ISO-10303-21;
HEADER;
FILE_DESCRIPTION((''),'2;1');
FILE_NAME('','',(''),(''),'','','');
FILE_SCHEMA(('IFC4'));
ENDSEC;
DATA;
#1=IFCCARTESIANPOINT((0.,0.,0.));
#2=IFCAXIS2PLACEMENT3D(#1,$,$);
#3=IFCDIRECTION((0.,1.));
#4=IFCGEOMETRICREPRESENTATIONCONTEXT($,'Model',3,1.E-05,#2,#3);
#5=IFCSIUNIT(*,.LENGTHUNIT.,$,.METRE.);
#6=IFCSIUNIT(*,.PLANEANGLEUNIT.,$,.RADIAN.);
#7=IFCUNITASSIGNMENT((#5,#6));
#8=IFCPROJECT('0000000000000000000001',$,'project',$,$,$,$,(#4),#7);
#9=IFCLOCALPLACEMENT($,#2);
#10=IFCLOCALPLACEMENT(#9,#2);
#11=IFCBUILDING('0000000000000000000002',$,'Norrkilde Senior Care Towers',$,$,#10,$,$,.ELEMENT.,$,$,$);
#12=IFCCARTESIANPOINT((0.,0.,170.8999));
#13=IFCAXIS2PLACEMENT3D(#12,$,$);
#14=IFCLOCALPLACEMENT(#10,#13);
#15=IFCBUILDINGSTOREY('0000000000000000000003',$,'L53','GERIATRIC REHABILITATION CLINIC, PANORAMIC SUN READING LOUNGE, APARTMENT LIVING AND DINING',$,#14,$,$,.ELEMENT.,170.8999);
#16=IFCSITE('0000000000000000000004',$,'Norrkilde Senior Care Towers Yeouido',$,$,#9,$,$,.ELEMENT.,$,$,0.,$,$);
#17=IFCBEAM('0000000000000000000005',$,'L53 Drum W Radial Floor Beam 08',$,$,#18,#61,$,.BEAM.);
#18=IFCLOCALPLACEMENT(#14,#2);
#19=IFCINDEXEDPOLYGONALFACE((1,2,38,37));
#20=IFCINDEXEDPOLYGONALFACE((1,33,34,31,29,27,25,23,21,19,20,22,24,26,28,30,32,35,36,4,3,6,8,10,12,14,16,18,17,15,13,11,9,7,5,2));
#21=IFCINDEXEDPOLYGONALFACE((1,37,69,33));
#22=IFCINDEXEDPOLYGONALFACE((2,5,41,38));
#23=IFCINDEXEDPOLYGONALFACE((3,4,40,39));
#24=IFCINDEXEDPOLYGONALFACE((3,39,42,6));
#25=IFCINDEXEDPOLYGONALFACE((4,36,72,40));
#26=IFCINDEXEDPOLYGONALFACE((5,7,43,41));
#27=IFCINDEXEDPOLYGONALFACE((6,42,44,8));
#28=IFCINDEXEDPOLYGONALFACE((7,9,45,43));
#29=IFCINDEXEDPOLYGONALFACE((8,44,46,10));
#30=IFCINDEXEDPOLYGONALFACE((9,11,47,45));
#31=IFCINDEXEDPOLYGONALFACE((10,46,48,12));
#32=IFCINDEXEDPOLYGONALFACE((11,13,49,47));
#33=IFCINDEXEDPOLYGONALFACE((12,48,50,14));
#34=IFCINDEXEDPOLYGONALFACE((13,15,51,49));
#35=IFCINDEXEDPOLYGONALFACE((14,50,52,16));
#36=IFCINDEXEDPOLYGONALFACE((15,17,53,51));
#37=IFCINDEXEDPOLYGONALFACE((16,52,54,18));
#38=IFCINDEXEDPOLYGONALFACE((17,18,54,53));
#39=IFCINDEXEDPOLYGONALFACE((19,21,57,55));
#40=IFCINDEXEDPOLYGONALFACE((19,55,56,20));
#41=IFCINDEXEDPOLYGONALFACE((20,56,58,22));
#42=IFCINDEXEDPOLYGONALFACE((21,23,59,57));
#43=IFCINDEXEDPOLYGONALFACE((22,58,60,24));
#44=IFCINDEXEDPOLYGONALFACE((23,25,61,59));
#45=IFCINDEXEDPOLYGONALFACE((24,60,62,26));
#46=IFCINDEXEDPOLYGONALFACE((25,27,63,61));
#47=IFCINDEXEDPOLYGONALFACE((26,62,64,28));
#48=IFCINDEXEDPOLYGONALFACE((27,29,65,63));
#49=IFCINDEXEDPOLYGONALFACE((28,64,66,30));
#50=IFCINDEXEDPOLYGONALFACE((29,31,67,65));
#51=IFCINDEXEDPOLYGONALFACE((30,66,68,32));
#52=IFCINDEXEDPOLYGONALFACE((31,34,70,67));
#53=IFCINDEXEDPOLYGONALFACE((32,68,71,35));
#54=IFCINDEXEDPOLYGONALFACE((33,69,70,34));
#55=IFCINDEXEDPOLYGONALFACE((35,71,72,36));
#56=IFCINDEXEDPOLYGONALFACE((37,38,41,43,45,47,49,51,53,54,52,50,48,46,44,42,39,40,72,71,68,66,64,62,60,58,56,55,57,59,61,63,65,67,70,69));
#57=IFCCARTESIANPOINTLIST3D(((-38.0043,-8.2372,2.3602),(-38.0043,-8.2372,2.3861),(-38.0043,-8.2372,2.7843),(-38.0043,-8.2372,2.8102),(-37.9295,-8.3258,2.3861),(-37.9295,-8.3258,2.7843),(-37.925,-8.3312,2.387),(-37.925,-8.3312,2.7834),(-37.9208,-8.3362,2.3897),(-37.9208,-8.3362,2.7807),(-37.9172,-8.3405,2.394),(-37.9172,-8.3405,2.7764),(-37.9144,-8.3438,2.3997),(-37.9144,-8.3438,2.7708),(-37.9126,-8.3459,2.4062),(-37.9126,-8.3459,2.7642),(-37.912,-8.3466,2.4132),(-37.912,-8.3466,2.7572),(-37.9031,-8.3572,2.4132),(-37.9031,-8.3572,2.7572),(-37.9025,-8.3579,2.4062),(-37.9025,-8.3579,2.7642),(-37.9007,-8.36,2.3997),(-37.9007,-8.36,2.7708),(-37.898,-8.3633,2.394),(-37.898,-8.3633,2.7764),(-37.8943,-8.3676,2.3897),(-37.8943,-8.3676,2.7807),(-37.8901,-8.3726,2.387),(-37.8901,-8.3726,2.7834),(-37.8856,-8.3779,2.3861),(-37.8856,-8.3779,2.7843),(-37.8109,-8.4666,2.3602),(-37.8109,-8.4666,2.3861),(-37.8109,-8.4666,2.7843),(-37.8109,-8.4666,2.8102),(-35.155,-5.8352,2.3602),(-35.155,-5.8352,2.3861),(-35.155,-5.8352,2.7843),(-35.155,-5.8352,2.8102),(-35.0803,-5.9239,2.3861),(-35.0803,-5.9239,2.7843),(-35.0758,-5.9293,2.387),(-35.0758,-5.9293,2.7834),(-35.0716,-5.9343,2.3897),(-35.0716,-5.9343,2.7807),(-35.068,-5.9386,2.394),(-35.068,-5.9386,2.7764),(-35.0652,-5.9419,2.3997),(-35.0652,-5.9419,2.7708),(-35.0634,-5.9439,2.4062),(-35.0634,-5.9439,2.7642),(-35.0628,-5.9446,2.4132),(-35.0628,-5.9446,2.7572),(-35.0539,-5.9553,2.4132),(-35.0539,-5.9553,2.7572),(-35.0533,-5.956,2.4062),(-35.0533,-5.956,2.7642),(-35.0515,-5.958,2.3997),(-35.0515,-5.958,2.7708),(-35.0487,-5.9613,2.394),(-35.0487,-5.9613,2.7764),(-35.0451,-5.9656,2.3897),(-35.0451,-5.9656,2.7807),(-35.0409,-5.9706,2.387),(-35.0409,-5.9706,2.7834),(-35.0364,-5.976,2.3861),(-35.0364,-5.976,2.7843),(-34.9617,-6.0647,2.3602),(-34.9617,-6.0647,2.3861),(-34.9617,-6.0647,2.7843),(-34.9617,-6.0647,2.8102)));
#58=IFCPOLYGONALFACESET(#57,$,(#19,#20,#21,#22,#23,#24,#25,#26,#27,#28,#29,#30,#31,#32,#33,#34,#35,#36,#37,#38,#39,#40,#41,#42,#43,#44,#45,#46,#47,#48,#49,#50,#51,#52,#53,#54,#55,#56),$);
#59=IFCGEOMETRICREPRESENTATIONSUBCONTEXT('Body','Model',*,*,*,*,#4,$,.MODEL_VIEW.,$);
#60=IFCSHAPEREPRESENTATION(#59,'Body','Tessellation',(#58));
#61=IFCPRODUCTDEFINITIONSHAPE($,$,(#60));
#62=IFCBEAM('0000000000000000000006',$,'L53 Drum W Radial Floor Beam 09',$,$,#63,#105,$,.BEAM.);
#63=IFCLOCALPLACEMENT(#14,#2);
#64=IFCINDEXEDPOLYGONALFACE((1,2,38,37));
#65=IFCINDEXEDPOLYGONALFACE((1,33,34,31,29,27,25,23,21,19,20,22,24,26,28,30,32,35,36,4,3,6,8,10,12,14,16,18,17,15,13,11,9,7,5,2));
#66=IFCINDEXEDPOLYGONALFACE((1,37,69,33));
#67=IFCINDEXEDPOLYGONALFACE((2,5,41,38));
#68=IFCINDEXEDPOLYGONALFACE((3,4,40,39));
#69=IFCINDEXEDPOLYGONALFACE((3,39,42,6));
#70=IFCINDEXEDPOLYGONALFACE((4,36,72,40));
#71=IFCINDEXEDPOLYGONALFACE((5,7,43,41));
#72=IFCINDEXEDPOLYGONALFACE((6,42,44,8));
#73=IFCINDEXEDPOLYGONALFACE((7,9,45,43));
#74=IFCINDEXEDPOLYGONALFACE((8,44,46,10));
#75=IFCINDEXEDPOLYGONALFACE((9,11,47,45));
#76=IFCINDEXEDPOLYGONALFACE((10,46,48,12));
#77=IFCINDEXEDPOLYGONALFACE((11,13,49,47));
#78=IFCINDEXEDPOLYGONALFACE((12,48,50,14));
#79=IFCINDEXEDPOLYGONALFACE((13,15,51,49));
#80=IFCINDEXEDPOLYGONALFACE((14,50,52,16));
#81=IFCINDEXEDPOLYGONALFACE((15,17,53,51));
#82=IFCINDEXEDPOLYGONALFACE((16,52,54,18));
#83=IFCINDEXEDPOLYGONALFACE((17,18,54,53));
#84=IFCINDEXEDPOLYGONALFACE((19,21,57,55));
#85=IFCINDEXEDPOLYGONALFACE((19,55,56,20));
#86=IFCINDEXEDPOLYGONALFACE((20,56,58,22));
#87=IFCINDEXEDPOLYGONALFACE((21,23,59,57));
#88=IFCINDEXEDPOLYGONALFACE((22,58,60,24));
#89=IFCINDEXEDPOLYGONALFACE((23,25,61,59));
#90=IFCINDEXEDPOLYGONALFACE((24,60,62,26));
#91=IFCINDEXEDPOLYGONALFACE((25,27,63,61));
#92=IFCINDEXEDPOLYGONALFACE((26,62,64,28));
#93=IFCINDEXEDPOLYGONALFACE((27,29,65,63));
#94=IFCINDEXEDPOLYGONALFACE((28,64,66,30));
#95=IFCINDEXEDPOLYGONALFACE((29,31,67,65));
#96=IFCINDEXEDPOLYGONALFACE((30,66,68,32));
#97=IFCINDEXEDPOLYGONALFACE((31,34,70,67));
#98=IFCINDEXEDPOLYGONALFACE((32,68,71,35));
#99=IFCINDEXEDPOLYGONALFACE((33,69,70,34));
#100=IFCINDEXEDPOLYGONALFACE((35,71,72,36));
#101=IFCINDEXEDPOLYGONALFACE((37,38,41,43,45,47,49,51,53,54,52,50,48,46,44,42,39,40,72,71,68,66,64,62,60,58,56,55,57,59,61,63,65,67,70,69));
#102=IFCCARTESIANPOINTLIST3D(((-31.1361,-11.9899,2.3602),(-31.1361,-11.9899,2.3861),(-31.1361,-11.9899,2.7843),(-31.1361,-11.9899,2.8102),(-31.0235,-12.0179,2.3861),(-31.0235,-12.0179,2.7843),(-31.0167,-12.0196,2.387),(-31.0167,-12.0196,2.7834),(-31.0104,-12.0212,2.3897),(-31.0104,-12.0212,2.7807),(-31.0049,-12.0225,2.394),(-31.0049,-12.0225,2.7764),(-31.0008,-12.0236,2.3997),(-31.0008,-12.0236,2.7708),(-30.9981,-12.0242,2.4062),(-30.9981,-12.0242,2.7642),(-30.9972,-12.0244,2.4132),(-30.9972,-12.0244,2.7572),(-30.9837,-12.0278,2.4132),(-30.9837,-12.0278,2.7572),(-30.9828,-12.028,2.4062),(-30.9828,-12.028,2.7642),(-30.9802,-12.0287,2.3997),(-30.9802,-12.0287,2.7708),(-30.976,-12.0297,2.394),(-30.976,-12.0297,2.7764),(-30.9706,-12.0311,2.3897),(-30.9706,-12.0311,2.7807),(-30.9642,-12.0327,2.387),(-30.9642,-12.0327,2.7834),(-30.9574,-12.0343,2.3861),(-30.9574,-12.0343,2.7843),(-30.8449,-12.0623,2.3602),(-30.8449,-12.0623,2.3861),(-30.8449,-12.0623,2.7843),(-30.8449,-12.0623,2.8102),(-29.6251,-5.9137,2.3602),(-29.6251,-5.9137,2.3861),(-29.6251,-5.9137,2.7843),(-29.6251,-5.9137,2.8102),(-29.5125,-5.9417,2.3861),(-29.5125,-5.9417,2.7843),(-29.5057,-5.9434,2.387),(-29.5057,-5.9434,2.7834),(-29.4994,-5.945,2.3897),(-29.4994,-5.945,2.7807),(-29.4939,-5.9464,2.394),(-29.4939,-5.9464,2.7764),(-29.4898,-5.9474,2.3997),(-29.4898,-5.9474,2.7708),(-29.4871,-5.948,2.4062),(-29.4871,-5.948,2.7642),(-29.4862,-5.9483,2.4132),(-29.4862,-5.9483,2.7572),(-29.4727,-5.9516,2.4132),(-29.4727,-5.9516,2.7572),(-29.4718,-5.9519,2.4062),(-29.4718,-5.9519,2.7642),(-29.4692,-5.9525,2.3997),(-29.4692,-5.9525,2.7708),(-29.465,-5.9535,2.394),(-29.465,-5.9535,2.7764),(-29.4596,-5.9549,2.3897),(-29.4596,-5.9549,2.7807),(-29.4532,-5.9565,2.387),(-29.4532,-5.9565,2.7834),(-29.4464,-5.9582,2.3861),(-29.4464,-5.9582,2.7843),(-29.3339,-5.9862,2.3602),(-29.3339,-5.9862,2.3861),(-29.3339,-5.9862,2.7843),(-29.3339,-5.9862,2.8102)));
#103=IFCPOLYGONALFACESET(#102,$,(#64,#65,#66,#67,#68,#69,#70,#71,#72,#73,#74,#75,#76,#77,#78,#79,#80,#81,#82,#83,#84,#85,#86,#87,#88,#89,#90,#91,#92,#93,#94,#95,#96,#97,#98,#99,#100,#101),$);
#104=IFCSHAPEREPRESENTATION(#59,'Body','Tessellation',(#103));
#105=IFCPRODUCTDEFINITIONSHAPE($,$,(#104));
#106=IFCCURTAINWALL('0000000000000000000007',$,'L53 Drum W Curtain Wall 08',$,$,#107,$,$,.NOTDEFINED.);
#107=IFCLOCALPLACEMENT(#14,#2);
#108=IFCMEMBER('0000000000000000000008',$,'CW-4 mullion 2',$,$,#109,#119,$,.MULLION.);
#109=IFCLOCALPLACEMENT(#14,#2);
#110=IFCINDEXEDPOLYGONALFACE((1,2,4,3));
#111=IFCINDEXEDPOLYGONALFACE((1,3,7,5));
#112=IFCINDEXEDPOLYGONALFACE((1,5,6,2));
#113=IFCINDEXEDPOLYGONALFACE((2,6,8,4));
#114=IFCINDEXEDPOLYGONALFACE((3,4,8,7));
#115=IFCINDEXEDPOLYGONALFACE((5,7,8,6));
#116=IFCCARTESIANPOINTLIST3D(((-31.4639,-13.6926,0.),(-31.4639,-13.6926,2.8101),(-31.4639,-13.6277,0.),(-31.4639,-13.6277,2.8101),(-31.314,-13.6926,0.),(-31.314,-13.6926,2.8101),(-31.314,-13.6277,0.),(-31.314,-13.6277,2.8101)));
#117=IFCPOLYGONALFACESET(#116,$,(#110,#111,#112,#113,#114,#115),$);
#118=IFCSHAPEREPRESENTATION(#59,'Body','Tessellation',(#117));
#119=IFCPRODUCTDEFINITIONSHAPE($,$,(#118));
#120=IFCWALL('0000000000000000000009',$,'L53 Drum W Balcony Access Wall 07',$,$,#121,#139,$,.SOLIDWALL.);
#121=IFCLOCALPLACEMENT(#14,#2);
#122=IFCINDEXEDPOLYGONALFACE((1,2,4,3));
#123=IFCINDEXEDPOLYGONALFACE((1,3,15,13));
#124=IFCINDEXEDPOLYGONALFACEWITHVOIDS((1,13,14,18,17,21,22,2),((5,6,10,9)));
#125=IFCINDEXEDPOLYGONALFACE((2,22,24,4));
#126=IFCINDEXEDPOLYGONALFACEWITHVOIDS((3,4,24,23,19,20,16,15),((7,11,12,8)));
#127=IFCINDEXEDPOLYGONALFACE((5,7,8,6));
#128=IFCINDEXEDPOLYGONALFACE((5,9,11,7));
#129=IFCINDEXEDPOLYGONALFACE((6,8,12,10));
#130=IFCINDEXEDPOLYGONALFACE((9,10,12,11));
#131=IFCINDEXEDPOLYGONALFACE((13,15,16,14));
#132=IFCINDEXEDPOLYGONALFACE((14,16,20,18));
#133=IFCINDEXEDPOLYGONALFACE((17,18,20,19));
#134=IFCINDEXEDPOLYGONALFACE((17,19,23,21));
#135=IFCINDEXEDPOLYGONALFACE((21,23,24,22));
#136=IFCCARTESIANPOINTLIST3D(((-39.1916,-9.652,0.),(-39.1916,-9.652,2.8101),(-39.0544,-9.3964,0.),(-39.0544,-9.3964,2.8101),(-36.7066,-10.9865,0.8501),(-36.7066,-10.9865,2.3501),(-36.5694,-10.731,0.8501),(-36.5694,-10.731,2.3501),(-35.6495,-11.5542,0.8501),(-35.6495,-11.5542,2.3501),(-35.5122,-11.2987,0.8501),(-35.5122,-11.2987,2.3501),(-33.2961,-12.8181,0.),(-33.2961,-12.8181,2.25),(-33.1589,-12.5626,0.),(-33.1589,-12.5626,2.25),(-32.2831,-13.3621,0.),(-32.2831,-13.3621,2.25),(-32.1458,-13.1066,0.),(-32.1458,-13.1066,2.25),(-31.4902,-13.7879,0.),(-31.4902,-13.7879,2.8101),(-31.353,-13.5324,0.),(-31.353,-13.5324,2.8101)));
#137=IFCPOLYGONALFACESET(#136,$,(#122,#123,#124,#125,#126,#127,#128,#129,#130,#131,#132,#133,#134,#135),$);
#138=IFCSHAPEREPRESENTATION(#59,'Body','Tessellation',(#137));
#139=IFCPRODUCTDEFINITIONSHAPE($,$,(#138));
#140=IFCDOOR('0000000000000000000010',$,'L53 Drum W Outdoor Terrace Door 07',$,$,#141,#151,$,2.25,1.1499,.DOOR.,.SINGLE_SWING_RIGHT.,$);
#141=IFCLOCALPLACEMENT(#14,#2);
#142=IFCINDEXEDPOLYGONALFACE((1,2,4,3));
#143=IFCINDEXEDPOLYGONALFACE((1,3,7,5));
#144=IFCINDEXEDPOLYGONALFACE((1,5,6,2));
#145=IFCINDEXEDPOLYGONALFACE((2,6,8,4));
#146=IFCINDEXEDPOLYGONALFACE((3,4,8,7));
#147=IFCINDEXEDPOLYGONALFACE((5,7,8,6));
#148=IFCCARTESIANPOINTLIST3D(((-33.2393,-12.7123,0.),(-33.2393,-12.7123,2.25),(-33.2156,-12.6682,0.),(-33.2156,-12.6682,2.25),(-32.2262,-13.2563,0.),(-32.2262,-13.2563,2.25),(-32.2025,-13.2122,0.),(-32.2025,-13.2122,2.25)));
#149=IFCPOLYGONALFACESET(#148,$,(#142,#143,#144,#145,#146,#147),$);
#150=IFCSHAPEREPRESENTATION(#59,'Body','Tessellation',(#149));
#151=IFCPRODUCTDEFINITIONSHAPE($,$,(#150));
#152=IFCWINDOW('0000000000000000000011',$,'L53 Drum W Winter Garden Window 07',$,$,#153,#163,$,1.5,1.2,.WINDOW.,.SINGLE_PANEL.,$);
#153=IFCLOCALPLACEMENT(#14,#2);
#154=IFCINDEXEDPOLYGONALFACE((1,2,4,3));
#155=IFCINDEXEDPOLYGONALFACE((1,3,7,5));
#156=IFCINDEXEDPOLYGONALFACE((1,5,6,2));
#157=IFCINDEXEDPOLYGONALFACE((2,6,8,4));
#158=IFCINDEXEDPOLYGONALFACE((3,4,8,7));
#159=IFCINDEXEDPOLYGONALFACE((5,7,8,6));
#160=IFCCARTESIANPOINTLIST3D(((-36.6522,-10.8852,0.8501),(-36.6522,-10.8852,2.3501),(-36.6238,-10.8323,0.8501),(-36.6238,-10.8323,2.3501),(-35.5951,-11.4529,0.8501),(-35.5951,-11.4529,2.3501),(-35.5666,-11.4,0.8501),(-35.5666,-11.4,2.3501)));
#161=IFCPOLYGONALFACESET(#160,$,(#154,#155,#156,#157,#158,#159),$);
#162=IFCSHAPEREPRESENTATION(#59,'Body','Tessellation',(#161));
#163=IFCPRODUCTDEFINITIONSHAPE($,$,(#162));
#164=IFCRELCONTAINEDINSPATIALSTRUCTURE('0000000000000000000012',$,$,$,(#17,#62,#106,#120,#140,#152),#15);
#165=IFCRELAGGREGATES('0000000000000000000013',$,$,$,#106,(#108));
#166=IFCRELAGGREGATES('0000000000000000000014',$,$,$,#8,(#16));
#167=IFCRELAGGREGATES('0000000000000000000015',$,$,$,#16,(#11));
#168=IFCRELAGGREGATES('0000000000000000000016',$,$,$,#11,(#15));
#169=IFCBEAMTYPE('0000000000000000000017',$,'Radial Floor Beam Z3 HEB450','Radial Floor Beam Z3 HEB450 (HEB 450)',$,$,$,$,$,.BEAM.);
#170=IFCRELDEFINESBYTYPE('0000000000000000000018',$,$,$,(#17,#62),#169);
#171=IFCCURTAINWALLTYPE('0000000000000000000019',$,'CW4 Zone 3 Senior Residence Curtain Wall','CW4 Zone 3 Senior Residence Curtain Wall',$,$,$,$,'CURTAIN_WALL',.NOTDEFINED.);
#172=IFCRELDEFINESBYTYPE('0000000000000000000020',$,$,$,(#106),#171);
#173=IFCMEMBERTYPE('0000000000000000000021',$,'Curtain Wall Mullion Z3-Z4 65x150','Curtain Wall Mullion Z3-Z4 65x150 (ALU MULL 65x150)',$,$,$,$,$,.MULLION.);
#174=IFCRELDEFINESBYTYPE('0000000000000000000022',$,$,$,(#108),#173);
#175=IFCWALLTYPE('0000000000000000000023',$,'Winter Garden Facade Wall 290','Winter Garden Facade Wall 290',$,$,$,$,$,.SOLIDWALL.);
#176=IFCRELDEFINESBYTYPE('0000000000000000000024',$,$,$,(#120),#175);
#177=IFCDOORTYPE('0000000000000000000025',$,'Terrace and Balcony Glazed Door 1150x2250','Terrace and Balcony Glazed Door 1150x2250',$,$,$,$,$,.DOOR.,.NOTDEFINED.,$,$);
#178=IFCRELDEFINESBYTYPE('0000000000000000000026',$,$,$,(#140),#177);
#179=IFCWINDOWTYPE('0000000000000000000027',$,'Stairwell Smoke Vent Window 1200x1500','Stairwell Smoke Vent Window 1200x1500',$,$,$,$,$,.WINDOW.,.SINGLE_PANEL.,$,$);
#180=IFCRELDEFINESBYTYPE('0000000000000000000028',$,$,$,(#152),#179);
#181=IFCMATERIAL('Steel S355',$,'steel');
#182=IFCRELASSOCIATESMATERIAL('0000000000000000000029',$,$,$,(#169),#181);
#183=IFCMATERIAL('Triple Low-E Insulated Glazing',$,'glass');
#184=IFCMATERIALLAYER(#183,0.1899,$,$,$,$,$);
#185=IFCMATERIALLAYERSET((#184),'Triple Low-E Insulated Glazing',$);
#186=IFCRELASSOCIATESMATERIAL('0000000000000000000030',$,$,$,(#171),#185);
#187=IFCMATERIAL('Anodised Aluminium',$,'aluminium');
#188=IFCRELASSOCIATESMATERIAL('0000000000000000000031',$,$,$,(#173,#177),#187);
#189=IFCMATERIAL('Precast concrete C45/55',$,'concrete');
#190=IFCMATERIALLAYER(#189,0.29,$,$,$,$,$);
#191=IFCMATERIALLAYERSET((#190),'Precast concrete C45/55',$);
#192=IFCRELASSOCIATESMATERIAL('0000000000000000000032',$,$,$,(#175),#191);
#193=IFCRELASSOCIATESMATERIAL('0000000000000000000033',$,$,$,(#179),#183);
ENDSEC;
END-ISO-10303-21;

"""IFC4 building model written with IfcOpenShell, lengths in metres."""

from ifc_helpers import new_model, si_unit, direction, frame, frame_2d, origin, origin_2d, place, context, subcontext, project, spatial, rectangle, i_section, extrude, source, transform, mapped, material, layer, layer_set, material_profile, profile_set, type_object, type_shapes, element, fill, aggregate, save


model = new_model("IFC4")

# Units and contexts
model_context = context("Model", 3, precision=1e-05, world=origin(), true_north=direction((0.0, 1.0)))
body_context = subcontext(model_context, "Body", "Model", "MODEL_VIEW")
ifc_project = project(units=[si_unit("LENGTHUNIT", "METRE"), si_unit("PLANEANGLEUNIT", "RADIAN")], contexts=[model_context])

# Site, building, storey
site_placement = place(None, origin())
site = spatial("IfcSite", under=ifc_project, at=site_placement, Name="Norrkilde Senior Care Towers Yeouido", CompositionType="ELEMENT", RefElevation=0.0)
building_placement = place(site_placement, origin())
building = spatial("IfcBuilding", under=site, at=building_placement, Name="Norrkilde Senior Care Towers", CompositionType="ELEMENT")
storey_placement = place(building_placement, frame((0.0, 0.0, 170.8999)))
storey = spatial("IfcBuildingStorey", under=building, at=storey_placement, Name="L53", Description="GERIATRIC REHABILITATION CLINIC, PANORAMIC SUN READING LOUNGE, APARTMENT LIVING AND DINING", CompositionType="ELEMENT", Elevation=170.8999)

# Beams
ifc_material_1 = material(Name="Steel S355", Category="steel")
ifc_material_profile_1 = material_profile(ifc_material_1, i_section(OverallWidth=0.3, OverallDepth=0.45, WebThickness=0.0139, FlangeThickness=0.0259, FilletRadius=0.0271, at=origin_2d()), Name="HEB 450")
ifc_profile_set_1 = profile_set([ifc_material_profile_1], Name="Steel S355")
beam_type_1 = type_object("IfcBeamType", Name="Radial Floor Beam Z3 HEB450", Description="Radial Floor Beam Z3 HEB450 (HEB 450)", PredefinedType="BEAM", material=ifc_profile_set_1)
shared_shape_1 = source(origin(), body_context, "Body", "SweptSolid", [
    extrude(i_section(OverallWidth=0.3, OverallDepth=0.45, WebThickness=0.0139, FlangeThickness=0.0259, FilletRadius=0.0271, at=origin_2d()), origin(), (0.0, 0.0, 1.0), 3.7266),
])
beam_1_placement = place(storey_placement, frame((-35.0583, -5.95, 2.5852), z_axis=(-0.764568, -0.644543, 0.0), x_axis=(0.644543, -0.764568, 0.0)))
element("IfcBeam", 1, at=beam_1_placement, inside=storey, type_object=beam_type_1, Name="L53 Drum W Radial Floor Beam 08", PredefinedType="BEAM", context=body_context, shape_type="MappedRepresentation", body=[
    mapped(shared_shape_1, transform((0.0, 0.0, 0.0), x_axis=(1.0, 0.0, 0.0), y_axis=(0.0, 1.0, 0.0), z_axis=(0.0, 0.0, 1.0), scale=1.0)),
])
shared_shape_2 = source(origin(), body_context, "Body", "SweptSolid", [
    extrude(i_section(OverallWidth=0.3, OverallDepth=0.45, WebThickness=0.0139, FlangeThickness=0.0259, FilletRadius=0.0271, at=origin_2d()), origin(), (0.0, 0.0, 1.0), 6.2612),
])
beam_2_placement = place(storey_placement, frame((-29.4795, -5.95, 2.5852), z_axis=(-0.241324, -0.970445, 0.0), x_axis=(0.970445, -0.241324, 0.0)))
element("IfcBeam", 2, at=beam_2_placement, inside=storey, type_object=beam_type_1, Name="L53 Drum W Radial Floor Beam 09", PredefinedType="BEAM", context=body_context, shape_type="MappedRepresentation", body=[
    mapped(shared_shape_2, transform((0.0, 0.0, 0.0), x_axis=(1.0, 0.0, 0.0), y_axis=(0.0, 1.0, 0.0), z_axis=(0.0, 0.0, 1.0), scale=1.0)),
])

# Curtain wall, member
ifc_material_2 = material(Name="Triple Low-E Insulated Glazing", Category="glass")
ifc_layer_1 = layer(ifc_material_2, 0.1899)
ifc_layer_set_1 = layer_set([ifc_layer_1], Name="Triple Low-E Insulated Glazing")
curtain_wall_type = type_object("IfcCurtainWallType", Name="CW4 Zone 3 Senior Residence Curtain Wall", Description="CW4 Zone 3 Senior Residence Curtain Wall", ElementType="CURTAIN_WALL", PredefinedType="NOTDEFINED", material=ifc_layer_set_1)
curtain_wall_placement = place(storey_placement, origin())
curtain_wall = element("IfcCurtainWall", 3, at=curtain_wall_placement, inside=storey, type_object=curtain_wall_type, Name="L53 Drum W Curtain Wall 08", PredefinedType="NOTDEFINED")
ifc_material_3 = material(Name="Anodised Aluminium", Category="aluminium")
ifc_material_profile_2 = material_profile(ifc_material_3, rectangle(XDim=0.0649, YDim=0.1499, at=origin_2d()), Name="ALU MULL 65x150")
ifc_profile_set_2 = profile_set([ifc_material_profile_2], Name="Anodised Aluminium")
member_type = type_object("IfcMemberType", Name="Curtain Wall Mullion Z3-Z4 65x150", Description="Curtain Wall Mullion Z3-Z4 65x150 (ALU MULL 65x150)", PredefinedType="MULLION", material=ifc_profile_set_2)
shared_shape_3 = source(origin(), body_context, "Body", "SweptSolid", [
    extrude(rectangle(XDim=0.0649, YDim=0.1499, at=origin_2d()), origin(), (0.0, 0.0, 1.0), 2.8101),
])
type_shapes(member_type, [shared_shape_3])
member_placement = place(storey_placement, frame((-31.3889, -13.6602, 0.0), z_axis=(0.0, 0.0, 1.0), x_axis=(0.0, -1.0, 0.0)))
member = element("IfcMember", 4, at=member_placement, type_object=member_type, Name="CW-4 mullion 2", PredefinedType="MULLION", context=body_context, shape_type="MappedRepresentation", body=[
    mapped(shared_shape_3, transform((0.0, 0.0, 0.0), x_axis=(1.0, 0.0, 0.0), y_axis=(0.0, 1.0, 0.0), z_axis=(0.0, 0.0, 1.0), scale=1.0)),
])
aggregate(curtain_wall, [member])

# Wall, openings, door, window
ifc_material_4 = material(Name="Precast concrete C45/55", Category="concrete")
ifc_layer_2 = layer(ifc_material_4, 0.29)
ifc_layer_set_2 = layer_set([ifc_layer_2], Name="Precast concrete C45/55")
wall_type_1 = type_object("IfcWallType", Name="Winter Garden Facade Wall 290", Description="Winter Garden Facade Wall 290", PredefinedType="SOLIDWALL", material=ifc_layer_set_2)
shared_shape_4 = source(origin(), body_context, "Body", "SweptSolid", [
    extrude(rectangle(XDim=8.7417, YDim=0.29, at=frame_2d((4.3708, 0.0))), origin(), (0.0, 0.0, 1.0), 2.8101),
])
type_shapes(wall_type_1, [shared_shape_4])
wall_1_placement = place(storey_placement, frame((-31.4216, -13.6602, 0.0), z_axis=(0.0, 0.0, 1.0), x_axis=(-0.880992, 0.47313, 0.0)))
wall_1 = element("IfcWall", 5, at=wall_1_placement, inside=storey, type_object=wall_type_1, Name="L53 Drum W Balcony Access Wall 07", PredefinedType="SOLIDWALL", context=body_context, shape_type="MappedRepresentation", body=[
    mapped(shared_shape_4, transform((0.0, 0.0, 0.0), x_axis=(1.0, 0.0, 0.0), y_axis=(0.0, 1.0, 0.0), z_axis=(0.0, 0.0, 1.0), scale=1.0)),
])
opening_1_placement = place(wall_1_placement, frame((0.8999, 0.0, 0.0)))
opening_1 = element("IfcOpeningElement", 6, at=opening_1_placement, cuts=wall_1, PredefinedType="OPENING", context=body_context, shape_type="SweptSolid", body=[
    extrude(rectangle(XDim=1.1499, YDim=2.25, at=frame_2d((0.575, 1.125))), frame((0.0, 0.155, 0.0), z_axis=(0.0, -1.0, 0.0), x_axis=(1.0, 0.0, 0.0)), (0.0, 0.0, 1.0), 0.3101),
])
opening_2_placement = place(wall_1_placement, frame((4.7209, 0.0, 0.8501)))
opening_2 = element("IfcOpeningElement", 7, at=opening_2_placement, cuts=wall_1, PredefinedType="OPENING", context=body_context, shape_type="SweptSolid", body=[
    extrude(rectangle(XDim=1.2, YDim=1.5, at=frame_2d((0.6001, 0.75))), frame((0.0, 0.155, 0.0), z_axis=(0.0, -1.0, 0.0), x_axis=(1.0, 0.0, 0.0)), (0.0, 0.0, 1.0), 0.3101),
])
door_type_1 = type_object("IfcDoorType", Name="Terrace and Balcony Glazed Door 1150x2250", Description="Terrace and Balcony Glazed Door 1150x2250", OperationType="NOTDEFINED", PredefinedType="DOOR", material=ifc_material_3)
shared_shape_5 = source(origin(), body_context, "Body", "SweptSolid", [
    extrude(rectangle(XDim=1.1499, YDim=2.25, at=frame_2d((0.575, 1.125))), frame((0.0, 0.0249, 0.0), z_axis=(0.0, -1.0, 0.0), x_axis=(1.0, 0.0, 0.0)), (0.0, 0.0, 1.0), 0.05),
])
type_shapes(door_type_1, [shared_shape_5])
door_1_placement = place(opening_1_placement, origin())
door_1 = element("IfcDoor", 8, at=door_1_placement, inside=storey, type_object=door_type_1, Name="L53 Drum W Outdoor Terrace Door 07", OperationType="SINGLE_SWING_RIGHT", OverallHeight=2.25, OverallWidth=1.1499, PredefinedType="DOOR", context=body_context, shape_type="MappedRepresentation", body=[
    mapped(shared_shape_5, transform((0.0, 0.0, 0.0), x_axis=(1.0, 0.0, 0.0), y_axis=(0.0, 1.0, 0.0), z_axis=(0.0, 0.0, 1.0), scale=1.0)),
])
fill(opening_1, door_1)
window_type = type_object("IfcWindowType", Name="Stairwell Smoke Vent Window 1200x1500", Description="Stairwell Smoke Vent Window 1200x1500", PartitioningType="SINGLE_PANEL", PredefinedType="WINDOW", material=ifc_material_2)
shared_shape_6 = source(origin(), body_context, "Body", "SweptSolid", [
    extrude(rectangle(XDim=1.2, YDim=1.5, at=frame_2d((0.6001, 0.75))), frame((0.0, 0.03, 0.0), z_axis=(0.0, -1.0, 0.0), x_axis=(1.0, 0.0, 0.0)), (0.0, 0.0, 1.0), 0.0601),
])
type_shapes(window_type, [shared_shape_6])
window_placement = place(opening_2_placement, origin())
window = element("IfcWindow", 9, at=window_placement, inside=storey, type_object=window_type, Name="L53 Drum W Winter Garden Window 07", OverallHeight=1.5, OverallWidth=1.2, PartitioningType="SINGLE_PANEL", PredefinedType="WINDOW", context=body_context, shape_type="MappedRepresentation", body=[
    mapped(shared_shape_6, transform((0.0, 0.0, 0.0), x_axis=(1.0, 0.0, 0.0), y_axis=(0.0, 1.0, 0.0), z_axis=(0.0, 0.0, 1.0), scale=1.0)),
])
fill(opening_2, window)

save(model, "model.ifc")
